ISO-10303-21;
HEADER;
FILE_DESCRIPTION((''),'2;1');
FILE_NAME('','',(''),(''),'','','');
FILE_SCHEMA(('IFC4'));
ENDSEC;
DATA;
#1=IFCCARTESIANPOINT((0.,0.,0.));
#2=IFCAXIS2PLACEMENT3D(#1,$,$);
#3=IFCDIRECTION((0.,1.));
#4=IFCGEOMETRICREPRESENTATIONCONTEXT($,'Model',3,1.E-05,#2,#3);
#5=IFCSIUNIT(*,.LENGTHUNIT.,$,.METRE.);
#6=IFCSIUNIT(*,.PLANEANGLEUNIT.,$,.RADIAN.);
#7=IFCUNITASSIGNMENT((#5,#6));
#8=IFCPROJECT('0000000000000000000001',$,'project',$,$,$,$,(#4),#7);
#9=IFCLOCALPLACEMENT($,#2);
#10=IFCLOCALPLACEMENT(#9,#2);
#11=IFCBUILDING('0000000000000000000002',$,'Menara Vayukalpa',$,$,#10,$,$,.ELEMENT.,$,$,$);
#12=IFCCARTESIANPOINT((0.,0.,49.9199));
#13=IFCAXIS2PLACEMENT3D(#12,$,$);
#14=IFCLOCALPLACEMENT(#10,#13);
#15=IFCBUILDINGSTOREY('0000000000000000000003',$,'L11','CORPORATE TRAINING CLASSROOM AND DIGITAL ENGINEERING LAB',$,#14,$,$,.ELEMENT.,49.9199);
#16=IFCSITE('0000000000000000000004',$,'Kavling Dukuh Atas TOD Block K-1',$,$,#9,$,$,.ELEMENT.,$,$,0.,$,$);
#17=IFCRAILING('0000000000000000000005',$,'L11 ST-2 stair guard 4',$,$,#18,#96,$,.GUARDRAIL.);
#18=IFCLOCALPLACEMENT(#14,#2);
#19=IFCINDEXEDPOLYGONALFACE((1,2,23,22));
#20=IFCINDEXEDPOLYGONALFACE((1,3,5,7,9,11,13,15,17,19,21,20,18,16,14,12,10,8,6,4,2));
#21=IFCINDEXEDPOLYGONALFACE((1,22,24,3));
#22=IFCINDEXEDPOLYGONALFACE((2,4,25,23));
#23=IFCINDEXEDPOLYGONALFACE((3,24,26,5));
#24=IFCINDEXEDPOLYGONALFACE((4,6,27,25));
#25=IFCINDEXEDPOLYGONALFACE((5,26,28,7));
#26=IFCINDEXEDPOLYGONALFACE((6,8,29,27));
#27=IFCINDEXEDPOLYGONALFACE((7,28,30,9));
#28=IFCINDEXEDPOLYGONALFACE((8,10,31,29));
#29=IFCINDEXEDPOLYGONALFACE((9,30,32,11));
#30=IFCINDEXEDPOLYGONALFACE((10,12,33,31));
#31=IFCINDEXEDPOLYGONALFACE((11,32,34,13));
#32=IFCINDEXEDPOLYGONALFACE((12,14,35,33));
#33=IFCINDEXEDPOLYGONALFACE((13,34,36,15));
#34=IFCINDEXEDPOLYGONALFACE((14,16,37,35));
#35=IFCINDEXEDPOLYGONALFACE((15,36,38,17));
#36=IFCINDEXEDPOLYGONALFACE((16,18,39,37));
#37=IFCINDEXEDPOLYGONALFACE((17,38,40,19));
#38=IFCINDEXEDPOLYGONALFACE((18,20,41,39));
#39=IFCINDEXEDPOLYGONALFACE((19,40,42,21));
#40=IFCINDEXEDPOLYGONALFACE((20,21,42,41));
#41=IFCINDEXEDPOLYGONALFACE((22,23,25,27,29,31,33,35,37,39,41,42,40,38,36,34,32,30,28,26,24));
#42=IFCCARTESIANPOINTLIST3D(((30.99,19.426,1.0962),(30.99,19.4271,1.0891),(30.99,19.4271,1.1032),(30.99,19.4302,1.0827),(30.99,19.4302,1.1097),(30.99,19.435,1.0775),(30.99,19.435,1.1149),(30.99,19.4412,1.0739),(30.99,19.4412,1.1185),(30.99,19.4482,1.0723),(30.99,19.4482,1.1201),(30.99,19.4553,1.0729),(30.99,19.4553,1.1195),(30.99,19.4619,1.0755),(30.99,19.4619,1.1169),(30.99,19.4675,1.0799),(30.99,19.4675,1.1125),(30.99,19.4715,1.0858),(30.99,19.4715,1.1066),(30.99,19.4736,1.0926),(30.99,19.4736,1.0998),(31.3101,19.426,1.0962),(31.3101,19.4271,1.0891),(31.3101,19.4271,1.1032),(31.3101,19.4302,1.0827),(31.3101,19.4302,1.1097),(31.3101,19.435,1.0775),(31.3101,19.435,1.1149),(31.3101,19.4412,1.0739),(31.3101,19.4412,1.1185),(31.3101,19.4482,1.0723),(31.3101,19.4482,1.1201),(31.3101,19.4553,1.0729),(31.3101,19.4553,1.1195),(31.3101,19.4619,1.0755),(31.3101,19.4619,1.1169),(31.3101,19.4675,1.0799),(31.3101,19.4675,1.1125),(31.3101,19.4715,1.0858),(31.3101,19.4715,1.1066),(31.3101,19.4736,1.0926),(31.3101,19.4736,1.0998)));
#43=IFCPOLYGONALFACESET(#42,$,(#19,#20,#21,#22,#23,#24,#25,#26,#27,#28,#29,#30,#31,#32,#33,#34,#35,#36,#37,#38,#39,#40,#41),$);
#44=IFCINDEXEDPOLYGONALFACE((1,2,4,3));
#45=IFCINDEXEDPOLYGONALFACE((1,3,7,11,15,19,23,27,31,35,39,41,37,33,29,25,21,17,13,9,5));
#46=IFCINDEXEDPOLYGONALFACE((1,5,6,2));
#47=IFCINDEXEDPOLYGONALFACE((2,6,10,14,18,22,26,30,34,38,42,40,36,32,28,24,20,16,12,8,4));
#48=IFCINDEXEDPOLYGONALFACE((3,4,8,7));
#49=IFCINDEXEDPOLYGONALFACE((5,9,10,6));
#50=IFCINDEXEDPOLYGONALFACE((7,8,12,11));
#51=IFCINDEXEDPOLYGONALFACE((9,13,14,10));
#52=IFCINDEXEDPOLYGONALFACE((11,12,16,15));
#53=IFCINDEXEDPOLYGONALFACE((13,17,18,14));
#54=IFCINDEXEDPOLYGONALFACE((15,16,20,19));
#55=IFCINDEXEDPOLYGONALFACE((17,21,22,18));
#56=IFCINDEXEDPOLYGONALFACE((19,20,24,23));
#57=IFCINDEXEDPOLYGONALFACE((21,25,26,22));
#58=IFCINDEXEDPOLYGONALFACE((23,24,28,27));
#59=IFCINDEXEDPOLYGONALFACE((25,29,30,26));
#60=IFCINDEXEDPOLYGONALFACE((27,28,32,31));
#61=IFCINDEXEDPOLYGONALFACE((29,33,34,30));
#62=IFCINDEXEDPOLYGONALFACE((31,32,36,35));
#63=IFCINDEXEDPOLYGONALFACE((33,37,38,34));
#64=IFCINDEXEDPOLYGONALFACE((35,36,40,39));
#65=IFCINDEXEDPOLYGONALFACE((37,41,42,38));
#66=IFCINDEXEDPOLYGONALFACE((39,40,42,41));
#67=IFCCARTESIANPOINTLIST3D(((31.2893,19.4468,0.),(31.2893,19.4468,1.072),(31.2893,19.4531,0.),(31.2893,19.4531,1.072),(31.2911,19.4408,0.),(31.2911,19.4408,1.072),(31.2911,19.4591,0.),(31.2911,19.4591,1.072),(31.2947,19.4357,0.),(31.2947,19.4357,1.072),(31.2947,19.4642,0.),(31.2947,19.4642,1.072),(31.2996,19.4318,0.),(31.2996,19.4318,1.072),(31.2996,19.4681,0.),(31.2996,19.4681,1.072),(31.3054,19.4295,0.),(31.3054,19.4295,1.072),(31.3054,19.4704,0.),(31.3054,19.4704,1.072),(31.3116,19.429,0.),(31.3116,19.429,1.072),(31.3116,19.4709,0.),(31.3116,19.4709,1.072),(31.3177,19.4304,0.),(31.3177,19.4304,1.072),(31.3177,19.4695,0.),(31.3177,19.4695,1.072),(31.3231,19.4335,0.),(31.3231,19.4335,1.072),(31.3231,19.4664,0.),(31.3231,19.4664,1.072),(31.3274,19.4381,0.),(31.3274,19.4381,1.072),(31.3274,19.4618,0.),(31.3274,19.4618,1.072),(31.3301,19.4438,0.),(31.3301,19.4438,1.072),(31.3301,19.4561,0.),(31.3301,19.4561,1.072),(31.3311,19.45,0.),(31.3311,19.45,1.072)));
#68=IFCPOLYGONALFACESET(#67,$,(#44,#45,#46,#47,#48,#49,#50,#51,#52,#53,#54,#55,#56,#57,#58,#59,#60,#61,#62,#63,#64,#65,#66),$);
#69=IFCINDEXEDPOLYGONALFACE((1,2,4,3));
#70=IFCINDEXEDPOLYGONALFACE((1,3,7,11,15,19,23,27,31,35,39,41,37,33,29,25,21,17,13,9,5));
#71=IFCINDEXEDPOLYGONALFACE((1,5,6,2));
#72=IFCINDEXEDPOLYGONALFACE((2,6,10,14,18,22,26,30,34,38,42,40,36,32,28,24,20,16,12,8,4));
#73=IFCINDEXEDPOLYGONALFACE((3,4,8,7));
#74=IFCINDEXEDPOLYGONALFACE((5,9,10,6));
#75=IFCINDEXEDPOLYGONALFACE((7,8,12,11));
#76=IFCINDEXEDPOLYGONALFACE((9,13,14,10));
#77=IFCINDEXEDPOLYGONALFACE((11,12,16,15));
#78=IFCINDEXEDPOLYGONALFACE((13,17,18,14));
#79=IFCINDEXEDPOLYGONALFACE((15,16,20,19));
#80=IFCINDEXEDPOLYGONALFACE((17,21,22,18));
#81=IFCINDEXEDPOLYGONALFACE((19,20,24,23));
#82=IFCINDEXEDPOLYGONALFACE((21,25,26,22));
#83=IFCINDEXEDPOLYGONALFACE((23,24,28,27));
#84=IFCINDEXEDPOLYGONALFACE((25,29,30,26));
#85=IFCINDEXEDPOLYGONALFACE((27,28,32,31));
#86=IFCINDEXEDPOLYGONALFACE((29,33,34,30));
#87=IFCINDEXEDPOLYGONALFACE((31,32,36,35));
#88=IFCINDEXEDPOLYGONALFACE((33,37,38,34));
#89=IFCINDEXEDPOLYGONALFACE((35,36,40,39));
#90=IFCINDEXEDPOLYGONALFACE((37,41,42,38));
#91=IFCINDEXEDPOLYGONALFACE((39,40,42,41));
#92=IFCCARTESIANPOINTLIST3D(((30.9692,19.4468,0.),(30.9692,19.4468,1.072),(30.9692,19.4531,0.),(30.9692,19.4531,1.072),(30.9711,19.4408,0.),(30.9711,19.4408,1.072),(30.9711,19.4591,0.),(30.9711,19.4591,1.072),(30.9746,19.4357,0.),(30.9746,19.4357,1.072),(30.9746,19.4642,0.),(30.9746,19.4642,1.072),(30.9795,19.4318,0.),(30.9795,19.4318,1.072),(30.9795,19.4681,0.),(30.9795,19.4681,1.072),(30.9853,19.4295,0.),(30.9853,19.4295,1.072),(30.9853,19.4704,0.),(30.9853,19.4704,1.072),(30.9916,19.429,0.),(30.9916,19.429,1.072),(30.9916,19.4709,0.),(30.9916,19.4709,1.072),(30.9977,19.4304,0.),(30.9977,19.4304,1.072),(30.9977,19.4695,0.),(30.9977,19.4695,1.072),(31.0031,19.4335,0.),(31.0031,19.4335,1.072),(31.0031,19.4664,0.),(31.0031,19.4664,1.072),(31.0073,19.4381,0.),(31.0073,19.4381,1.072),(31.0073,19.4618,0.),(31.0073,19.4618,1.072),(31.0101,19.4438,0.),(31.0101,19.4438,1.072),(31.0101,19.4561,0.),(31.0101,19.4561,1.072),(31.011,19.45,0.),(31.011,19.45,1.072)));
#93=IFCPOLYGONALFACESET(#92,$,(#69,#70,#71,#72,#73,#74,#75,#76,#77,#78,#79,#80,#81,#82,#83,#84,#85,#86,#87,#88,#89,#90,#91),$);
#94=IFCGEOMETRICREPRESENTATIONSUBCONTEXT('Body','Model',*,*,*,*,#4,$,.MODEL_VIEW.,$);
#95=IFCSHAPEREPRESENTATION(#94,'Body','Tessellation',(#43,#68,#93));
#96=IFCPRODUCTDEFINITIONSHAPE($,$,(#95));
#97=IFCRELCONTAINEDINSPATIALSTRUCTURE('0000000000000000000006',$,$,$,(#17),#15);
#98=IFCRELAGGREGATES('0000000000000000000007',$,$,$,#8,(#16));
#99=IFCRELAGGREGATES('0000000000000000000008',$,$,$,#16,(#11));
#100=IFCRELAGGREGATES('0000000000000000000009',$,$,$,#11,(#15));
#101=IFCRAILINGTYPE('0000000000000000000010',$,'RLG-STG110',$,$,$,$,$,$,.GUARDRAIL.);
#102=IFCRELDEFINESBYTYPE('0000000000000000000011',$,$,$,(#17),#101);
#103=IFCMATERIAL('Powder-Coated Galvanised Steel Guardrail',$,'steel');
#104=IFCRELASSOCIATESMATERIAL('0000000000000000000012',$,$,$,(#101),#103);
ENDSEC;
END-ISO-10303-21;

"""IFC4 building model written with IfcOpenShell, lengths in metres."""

from ifc_helpers import new_model, si_unit, direction, frame, origin, origin_2d, place, context, subcontext, project, spatial, circle, extrude, material, type_object, element, save


model = new_model("IFC4")

# Units and contexts
model_context = context("Model", 3, precision=1e-05, world=origin(), true_north=direction((0.0, 1.0)))
body_context = subcontext(model_context, "Body", "Model", "MODEL_VIEW")
ifc_project = project(units=[si_unit("LENGTHUNIT", "METRE"), si_unit("PLANEANGLEUNIT", "RADIAN")], contexts=[model_context])

# Site, building, storey
site_placement = place(None, origin())
site = spatial("IfcSite", under=ifc_project, at=site_placement, Name="Kavling Dukuh Atas TOD Block K-1", CompositionType="ELEMENT", RefElevation=0.0)
building_placement = place(site_placement, origin())
building = spatial("IfcBuilding", under=site, at=building_placement, Name="Menara Vayukalpa", CompositionType="ELEMENT")
storey_placement = place(building_placement, frame((0.0, 0.0, 49.9199)))
storey = spatial("IfcBuildingStorey", under=building, at=storey_placement, Name="L11", Description="CORPORATE TRAINING CLASSROOM AND DIGITAL ENGINEERING LAB", CompositionType="ELEMENT", Elevation=49.9199)

# Railing
ifc_material_1 = material(Name="Powder-Coated Galvanised Steel Guardrail", Category="steel")
railing_type_1 = type_object("IfcRailingType", Name="RLG-STG110", PredefinedType="GUARDRAIL", material=ifc_material_1)
railing_1_placement = place(storey_placement, frame((31.3101, 19.45, 0.0)))
element("IfcRailing", 1, at=railing_1_placement, inside=storey, type_object=railing_type_1, Name="L11 ST-2 stair guard 4", PredefinedType="GUARDRAIL", context=body_context, shape_type="SweptSolid", body=[
    extrude(circle(Radius=0.0239, at=origin_2d()), frame((0.0, 0.0, 1.0962), z_axis=(-1.0, 0.0, 0.0), x_axis=(0.0, -1.0, 0.0)), (0.0, 0.0, 1.0), 0.3201),
    extrude(circle(Radius=0.021, at=origin_2d()), origin(), (0.0, 0.0, 1.0), 1.072),
    extrude(circle(Radius=0.021, at=origin_2d()), frame((-0.3201, 0.0, 0.0)), (0.0, 0.0, 1.0), 1.072),
])

save(model, "model.ifc")
